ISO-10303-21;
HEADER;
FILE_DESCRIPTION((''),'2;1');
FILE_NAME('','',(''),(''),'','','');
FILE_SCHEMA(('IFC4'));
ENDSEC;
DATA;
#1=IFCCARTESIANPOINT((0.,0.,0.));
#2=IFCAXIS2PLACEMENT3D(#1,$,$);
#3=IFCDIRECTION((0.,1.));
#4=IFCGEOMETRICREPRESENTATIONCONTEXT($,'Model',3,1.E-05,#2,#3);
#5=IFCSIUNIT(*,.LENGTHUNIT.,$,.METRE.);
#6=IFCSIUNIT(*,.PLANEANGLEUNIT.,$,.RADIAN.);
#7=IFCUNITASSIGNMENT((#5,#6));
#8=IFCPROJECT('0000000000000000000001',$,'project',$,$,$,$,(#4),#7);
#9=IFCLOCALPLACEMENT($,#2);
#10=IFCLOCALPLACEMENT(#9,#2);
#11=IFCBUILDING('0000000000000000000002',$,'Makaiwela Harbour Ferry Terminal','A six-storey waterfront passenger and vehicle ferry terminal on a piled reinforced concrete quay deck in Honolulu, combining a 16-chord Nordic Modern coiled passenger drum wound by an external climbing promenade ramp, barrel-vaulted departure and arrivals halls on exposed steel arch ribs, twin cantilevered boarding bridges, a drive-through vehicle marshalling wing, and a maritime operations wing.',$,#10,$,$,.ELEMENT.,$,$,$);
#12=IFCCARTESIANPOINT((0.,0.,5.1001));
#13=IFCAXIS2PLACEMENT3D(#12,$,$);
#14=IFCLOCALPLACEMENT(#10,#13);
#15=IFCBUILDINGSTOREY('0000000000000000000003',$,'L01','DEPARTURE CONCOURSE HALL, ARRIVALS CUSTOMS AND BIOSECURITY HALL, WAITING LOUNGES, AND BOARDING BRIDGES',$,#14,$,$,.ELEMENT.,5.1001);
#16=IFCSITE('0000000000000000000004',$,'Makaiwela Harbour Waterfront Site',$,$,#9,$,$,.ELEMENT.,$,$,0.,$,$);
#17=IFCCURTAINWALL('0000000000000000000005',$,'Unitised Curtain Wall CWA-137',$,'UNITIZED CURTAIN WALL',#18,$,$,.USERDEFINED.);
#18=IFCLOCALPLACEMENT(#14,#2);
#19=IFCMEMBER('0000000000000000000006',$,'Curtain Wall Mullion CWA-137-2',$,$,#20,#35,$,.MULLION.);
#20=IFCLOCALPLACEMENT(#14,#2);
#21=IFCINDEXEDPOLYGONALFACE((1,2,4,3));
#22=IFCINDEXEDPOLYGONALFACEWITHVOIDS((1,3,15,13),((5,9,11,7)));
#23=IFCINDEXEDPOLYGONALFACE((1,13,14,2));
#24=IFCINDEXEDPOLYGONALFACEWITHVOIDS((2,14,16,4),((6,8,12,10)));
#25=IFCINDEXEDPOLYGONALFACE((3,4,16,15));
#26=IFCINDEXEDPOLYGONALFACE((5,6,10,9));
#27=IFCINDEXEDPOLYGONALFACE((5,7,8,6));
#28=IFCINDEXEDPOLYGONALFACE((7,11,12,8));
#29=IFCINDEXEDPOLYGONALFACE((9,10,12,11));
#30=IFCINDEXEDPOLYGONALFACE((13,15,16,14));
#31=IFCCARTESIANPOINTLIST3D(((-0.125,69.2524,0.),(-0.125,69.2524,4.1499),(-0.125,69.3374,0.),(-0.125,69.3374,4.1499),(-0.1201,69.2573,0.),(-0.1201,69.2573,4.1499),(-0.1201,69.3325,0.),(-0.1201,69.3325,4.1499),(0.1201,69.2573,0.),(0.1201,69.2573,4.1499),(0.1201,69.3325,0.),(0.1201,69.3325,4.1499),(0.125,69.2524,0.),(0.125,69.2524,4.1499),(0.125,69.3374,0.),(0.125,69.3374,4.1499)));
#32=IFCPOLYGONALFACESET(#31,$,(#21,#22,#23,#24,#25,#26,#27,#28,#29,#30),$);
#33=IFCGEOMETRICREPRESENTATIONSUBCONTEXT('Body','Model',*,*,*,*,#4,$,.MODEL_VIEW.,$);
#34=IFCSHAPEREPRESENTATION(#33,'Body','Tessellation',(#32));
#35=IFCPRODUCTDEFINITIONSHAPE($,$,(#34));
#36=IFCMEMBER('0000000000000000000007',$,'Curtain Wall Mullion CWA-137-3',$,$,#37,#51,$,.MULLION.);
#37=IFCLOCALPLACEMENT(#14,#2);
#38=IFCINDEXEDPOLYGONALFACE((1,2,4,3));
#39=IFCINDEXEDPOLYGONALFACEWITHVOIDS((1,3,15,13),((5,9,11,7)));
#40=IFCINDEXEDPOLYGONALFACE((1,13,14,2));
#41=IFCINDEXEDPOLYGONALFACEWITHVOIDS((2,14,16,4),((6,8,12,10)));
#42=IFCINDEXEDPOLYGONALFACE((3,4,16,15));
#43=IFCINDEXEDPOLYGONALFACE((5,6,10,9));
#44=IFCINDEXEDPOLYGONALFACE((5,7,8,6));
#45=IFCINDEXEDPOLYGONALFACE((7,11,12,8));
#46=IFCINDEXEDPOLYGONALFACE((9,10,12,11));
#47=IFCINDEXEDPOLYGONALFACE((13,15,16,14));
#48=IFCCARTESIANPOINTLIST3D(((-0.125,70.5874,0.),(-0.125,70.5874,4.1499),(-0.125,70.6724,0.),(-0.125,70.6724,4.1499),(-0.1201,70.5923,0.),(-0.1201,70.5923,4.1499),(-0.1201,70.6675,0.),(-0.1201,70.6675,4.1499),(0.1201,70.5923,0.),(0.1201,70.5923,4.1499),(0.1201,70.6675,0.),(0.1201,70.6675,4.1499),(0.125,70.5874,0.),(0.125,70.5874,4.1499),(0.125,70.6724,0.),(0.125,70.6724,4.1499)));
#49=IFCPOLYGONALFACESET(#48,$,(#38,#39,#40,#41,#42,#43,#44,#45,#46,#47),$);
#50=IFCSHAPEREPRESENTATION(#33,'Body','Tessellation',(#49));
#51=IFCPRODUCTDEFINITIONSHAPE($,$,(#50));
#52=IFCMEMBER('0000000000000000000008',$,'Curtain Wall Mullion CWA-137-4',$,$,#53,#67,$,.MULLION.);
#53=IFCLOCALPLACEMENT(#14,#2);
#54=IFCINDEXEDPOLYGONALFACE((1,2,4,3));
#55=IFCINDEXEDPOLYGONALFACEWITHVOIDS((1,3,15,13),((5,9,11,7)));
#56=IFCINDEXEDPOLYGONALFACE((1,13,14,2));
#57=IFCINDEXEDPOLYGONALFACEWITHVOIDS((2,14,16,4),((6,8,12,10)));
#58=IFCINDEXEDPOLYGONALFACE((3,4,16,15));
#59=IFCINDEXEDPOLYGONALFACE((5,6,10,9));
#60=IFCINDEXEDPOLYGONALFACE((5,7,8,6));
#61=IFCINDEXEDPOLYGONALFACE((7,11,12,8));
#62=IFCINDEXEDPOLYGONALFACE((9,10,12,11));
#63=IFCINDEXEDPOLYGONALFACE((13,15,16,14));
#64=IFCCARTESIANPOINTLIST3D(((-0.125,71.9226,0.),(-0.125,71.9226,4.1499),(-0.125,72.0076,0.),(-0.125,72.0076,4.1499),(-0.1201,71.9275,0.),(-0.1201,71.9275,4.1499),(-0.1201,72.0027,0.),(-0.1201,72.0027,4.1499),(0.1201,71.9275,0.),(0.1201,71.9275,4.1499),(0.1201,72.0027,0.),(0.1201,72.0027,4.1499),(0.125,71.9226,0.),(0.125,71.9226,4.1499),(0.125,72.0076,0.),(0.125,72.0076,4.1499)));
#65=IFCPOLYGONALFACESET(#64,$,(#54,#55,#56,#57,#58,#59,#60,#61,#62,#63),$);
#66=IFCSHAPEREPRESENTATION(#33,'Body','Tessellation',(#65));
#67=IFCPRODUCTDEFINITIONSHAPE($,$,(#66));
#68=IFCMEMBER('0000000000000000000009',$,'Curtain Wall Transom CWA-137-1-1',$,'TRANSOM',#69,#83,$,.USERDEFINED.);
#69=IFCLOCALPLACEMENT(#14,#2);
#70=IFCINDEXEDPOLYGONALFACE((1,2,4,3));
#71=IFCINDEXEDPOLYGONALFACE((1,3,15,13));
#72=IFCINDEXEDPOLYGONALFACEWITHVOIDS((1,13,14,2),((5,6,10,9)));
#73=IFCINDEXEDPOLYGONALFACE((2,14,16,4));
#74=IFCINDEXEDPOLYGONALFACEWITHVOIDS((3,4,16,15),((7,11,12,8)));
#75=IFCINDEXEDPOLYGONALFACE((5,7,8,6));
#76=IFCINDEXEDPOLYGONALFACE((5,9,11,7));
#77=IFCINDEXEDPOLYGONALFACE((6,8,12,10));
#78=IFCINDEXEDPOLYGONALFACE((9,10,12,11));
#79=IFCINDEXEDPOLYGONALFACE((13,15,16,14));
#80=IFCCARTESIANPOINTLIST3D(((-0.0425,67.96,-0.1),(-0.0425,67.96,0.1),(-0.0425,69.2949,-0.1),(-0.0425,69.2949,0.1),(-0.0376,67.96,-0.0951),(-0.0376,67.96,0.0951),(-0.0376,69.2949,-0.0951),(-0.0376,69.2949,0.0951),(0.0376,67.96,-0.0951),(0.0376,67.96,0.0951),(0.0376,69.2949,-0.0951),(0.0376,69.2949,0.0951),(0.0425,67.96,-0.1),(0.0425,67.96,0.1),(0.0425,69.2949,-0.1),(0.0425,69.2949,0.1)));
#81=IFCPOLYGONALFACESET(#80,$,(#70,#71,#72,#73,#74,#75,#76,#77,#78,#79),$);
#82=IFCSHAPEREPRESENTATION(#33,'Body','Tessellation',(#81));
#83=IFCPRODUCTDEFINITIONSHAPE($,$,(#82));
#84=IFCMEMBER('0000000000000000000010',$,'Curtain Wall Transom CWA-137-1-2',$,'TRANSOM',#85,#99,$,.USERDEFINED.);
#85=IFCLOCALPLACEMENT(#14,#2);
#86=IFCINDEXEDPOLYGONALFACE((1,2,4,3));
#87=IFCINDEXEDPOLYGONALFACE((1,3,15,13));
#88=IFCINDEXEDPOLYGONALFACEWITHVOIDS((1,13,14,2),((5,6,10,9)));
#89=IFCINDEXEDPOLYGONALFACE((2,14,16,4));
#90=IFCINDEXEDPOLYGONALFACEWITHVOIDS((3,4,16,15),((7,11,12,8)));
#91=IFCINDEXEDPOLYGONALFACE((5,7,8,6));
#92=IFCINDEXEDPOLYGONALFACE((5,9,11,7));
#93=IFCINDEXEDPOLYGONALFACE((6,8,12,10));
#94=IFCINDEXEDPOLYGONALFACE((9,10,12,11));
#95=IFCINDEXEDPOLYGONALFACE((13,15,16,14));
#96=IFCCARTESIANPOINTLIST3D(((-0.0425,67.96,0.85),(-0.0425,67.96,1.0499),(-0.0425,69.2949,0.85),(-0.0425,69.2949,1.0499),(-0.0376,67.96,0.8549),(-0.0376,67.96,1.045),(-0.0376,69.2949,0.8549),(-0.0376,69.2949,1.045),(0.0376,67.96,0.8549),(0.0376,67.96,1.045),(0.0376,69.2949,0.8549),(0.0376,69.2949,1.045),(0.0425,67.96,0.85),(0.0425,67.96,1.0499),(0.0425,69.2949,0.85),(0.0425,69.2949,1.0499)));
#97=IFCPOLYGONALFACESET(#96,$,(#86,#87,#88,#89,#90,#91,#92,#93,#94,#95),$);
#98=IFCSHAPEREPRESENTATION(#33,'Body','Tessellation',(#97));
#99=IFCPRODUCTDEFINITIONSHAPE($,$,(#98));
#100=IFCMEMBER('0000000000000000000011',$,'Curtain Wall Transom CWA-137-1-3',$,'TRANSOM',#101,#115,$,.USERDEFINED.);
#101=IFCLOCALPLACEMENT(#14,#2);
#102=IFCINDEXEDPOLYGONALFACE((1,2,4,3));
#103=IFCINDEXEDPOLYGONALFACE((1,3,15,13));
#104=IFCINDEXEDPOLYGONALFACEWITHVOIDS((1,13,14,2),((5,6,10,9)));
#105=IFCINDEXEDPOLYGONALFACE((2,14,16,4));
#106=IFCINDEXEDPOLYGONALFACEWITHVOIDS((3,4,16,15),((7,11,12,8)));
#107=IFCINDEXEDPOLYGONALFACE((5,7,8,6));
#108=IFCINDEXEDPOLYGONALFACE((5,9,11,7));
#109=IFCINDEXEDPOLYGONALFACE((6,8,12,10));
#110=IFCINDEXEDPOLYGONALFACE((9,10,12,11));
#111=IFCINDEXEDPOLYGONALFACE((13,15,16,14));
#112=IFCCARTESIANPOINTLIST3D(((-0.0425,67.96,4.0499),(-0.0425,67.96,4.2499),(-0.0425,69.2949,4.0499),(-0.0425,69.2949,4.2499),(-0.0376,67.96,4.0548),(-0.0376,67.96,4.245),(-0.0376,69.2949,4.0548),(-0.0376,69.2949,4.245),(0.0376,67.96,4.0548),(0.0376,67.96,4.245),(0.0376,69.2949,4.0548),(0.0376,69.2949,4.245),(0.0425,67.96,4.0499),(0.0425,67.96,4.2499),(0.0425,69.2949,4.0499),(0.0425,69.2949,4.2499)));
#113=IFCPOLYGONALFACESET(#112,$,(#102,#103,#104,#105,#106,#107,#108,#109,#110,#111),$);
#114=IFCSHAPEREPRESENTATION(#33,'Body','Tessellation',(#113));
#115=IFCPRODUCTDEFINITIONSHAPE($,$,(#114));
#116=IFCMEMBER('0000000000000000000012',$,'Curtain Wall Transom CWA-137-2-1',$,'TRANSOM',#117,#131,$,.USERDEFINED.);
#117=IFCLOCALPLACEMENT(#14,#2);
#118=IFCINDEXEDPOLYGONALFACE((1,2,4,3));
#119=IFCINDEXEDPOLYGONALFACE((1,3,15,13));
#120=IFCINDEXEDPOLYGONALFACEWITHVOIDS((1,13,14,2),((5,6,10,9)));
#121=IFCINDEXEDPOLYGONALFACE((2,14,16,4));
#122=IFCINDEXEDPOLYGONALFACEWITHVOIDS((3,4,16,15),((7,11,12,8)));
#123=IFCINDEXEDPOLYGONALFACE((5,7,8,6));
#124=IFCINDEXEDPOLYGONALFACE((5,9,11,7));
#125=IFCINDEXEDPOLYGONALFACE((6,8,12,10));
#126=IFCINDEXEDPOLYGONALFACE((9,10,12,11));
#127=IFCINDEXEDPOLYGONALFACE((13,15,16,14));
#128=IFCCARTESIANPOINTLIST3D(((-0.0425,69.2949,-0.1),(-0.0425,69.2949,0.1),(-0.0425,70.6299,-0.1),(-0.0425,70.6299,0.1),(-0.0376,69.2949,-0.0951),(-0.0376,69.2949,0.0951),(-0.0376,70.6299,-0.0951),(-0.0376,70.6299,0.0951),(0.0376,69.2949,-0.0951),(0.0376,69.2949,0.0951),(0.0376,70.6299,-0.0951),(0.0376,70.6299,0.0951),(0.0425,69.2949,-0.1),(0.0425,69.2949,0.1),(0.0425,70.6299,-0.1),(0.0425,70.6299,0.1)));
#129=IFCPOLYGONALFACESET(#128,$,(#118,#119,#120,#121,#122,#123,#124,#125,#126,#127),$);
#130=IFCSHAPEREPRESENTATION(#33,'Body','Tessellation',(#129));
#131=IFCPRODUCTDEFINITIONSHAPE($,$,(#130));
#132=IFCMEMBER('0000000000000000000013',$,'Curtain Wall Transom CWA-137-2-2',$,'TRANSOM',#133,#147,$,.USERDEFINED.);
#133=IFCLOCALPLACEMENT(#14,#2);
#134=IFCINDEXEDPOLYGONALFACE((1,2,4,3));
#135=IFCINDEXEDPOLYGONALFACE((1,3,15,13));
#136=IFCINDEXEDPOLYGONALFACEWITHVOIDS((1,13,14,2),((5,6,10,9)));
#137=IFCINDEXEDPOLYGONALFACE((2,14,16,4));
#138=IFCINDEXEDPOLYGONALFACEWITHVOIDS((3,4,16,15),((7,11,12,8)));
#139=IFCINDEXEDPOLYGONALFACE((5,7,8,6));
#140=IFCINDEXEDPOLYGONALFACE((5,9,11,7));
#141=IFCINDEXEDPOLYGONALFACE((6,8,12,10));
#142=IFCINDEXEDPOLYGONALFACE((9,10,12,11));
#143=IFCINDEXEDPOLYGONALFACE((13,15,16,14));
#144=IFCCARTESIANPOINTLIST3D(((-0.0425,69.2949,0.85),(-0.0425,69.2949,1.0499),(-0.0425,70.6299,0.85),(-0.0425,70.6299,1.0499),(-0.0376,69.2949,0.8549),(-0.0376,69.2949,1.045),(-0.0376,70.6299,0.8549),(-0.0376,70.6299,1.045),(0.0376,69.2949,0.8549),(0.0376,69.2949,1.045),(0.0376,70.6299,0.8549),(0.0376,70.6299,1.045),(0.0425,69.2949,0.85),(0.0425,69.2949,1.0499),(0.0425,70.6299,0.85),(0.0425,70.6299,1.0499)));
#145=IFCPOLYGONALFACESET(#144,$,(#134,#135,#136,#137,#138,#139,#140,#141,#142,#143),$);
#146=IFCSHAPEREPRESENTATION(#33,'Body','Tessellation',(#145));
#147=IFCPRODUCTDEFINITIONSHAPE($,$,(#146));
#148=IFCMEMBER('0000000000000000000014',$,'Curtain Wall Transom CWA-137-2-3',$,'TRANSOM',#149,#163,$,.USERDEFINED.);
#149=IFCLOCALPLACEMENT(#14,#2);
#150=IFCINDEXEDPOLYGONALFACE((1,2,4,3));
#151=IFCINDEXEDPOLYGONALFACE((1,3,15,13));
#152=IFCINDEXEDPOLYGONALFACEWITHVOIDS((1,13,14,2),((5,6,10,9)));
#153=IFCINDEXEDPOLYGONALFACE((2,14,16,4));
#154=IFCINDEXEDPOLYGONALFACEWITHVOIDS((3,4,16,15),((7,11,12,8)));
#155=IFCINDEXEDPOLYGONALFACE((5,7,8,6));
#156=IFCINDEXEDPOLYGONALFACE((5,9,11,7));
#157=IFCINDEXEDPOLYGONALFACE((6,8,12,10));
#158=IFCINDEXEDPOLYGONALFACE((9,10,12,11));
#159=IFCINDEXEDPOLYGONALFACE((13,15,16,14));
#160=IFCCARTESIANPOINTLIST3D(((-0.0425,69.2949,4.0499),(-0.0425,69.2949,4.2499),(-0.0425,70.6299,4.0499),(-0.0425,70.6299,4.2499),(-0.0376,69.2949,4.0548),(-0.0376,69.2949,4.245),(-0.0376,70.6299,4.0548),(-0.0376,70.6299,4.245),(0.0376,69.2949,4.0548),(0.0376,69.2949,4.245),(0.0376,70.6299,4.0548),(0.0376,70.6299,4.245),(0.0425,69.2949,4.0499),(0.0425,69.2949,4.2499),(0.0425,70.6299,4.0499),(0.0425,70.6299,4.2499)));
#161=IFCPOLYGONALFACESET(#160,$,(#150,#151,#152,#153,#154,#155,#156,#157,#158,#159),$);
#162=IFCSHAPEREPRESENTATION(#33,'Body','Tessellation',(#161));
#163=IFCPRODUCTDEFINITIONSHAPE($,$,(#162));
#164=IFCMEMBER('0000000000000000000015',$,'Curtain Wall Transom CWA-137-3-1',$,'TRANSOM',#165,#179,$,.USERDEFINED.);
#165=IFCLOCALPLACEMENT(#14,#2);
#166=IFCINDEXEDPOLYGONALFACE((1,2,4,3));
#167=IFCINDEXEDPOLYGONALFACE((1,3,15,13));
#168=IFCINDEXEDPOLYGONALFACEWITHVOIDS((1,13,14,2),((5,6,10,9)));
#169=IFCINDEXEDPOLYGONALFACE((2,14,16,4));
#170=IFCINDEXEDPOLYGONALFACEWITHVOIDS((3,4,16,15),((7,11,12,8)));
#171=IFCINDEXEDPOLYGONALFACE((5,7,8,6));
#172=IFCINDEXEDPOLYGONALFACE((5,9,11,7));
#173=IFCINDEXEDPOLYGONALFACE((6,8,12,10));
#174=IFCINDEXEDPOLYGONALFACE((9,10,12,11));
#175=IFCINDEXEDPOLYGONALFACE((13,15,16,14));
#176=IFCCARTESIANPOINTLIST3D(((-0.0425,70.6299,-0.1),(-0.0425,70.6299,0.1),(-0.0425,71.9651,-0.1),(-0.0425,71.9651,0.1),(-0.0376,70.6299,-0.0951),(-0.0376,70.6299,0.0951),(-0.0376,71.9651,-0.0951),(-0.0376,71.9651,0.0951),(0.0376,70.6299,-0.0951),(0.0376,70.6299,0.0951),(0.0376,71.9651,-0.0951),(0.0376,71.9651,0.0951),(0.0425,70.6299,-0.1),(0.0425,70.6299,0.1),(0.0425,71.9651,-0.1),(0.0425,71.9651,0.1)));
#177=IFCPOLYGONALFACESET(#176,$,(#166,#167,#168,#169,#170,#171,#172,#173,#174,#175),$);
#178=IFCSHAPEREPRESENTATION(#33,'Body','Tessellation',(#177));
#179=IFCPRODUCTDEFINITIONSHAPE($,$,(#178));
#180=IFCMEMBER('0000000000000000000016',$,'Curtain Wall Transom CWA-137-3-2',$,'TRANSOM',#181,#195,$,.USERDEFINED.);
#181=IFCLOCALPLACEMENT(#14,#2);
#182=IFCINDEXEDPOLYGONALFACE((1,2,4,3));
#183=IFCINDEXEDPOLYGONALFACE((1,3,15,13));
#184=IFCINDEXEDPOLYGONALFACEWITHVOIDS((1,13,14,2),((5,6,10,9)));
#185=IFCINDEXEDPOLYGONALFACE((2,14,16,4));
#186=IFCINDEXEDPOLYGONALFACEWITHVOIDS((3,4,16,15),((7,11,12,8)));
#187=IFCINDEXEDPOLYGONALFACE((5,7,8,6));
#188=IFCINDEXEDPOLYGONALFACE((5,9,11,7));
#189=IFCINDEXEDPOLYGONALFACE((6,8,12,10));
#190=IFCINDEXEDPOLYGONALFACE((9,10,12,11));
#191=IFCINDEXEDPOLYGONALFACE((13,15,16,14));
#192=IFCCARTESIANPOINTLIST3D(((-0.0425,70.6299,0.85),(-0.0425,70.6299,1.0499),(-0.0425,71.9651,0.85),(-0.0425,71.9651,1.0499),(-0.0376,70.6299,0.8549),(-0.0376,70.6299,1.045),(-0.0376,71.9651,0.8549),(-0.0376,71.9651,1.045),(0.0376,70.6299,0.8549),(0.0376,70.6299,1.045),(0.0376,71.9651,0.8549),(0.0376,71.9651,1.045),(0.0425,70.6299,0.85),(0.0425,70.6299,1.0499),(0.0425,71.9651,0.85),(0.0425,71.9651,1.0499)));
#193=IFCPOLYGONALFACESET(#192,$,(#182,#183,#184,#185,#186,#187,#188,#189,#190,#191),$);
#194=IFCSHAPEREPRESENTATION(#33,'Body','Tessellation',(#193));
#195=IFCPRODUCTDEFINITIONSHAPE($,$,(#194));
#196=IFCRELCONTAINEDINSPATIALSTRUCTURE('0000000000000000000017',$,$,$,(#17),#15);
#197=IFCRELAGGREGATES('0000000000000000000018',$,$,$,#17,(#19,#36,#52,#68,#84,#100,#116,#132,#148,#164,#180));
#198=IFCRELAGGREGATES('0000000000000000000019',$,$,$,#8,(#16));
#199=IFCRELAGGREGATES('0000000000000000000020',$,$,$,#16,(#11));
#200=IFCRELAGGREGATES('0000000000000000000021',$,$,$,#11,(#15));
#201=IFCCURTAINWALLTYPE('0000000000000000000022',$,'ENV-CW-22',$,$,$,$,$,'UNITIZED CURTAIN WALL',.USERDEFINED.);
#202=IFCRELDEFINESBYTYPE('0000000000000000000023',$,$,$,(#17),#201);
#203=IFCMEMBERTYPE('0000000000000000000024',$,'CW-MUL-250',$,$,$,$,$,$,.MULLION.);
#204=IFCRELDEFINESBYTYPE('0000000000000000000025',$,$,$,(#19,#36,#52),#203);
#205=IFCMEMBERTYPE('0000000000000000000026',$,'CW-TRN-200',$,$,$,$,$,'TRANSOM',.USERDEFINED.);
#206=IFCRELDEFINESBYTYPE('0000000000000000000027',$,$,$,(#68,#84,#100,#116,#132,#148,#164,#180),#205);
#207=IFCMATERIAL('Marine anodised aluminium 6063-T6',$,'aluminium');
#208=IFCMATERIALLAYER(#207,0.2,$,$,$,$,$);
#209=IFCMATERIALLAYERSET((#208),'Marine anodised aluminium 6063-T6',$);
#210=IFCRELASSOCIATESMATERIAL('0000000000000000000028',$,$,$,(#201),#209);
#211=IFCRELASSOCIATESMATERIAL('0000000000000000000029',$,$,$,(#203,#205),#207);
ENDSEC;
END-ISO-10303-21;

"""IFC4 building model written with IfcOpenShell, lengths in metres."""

from ifc_helpers import new_model, si_unit, direction, frame, origin, origin_2d, place, context, subcontext, project, spatial, hollow_rectangle, extrude, material, layer, layer_set, material_profile, profile_set, type_object, element, aggregate, save


model = new_model("IFC4")

# Units and contexts
model_context = context("Model", 3, precision=1e-05, world=origin(), true_north=direction((0.0, 1.0)))
body_context = subcontext(model_context, "Body", "Model", "MODEL_VIEW")
ifc_project = project(units=[si_unit("LENGTHUNIT", "METRE"), si_unit("PLANEANGLEUNIT", "RADIAN")], contexts=[model_context])

# Site, building, storey
site_placement = place(None, origin())
site = spatial("IfcSite", under=ifc_project, at=site_placement, Name="Makaiwela Harbour Waterfront Site", CompositionType="ELEMENT", RefElevation=0.0)
building_placement = place(site_placement, origin())
building = spatial("IfcBuilding", under=site, at=building_placement, Name="Makaiwela Harbour Ferry Terminal", Description="A six-storey waterfront passenger and vehicle ferry terminal on a piled reinforced concrete quay deck in Honolulu, combining a 16-chord Nordic Modern coiled passenger drum wound by an external climbing promenade ramp, barrel-vaulted departure and arrivals halls on exposed steel arch ribs, twin cantilevered boarding bridges, a drive-through vehicle marshalling wing, and a maritime operations wing.", CompositionType="ELEMENT")
storey_placement = place(building_placement, frame((0.0, 0.0, 5.1001)))
storey = spatial("IfcBuildingStorey", under=building, at=storey_placement, Name="L01", Description="DEPARTURE CONCOURSE HALL, ARRIVALS CUSTOMS AND BIOSECURITY HALL, WAITING LOUNGES, AND BOARDING BRIDGES", CompositionType="ELEMENT", Elevation=5.1001)

# Curtain wall, members
ifc_material_1 = material(Name="Marine anodised aluminium 6063-T6", Category="aluminium")
ifc_layer_1 = layer(ifc_material_1, 0.2)
ifc_layer_set_1 = layer_set([ifc_layer_1], Name="Marine anodised aluminium 6063-T6")
curtain_wall_type = type_object("IfcCurtainWallType", Name="ENV-CW-22", ElementType="UNITIZED CURTAIN WALL", PredefinedType="USERDEFINED", material=ifc_layer_set_1)
curtain_wall_placement = place(storey_placement, origin())
curtain_wall = element("IfcCurtainWall", 1, at=curtain_wall_placement, inside=storey, type_object=curtain_wall_type, Name="Unitised Curtain Wall CWA-137", ObjectType="UNITIZED CURTAIN WALL", PredefinedType="USERDEFINED")
ifc_material_profile_1 = material_profile(ifc_material_1, hollow_rectangle(XDim=0.085, YDim=0.25, WallThickness=0.0049, at=origin_2d()), Name="CWM-250X85")
ifc_profile_set_1 = profile_set([ifc_material_profile_1], Name="Marine anodised aluminium 6063-T6")
member_type_1 = type_object("IfcMemberType", Name="CW-MUL-250", PredefinedType="MULLION", material=ifc_profile_set_1)
member_1_placement = place(storey_placement, frame((0.0, 69.2949, 0.0), z_axis=(0.0, 0.0, 1.0), x_axis=(0.0, 1.0, 0.0)))
member_1 = element("IfcMember", 2, at=member_1_placement, type_object=member_type_1, Name="Curtain Wall Mullion CWA-137-2", PredefinedType="MULLION", context=body_context, shape_type="SweptSolid", body=[
    extrude(hollow_rectangle(XDim=0.085, YDim=0.25, WallThickness=0.0049, at=origin_2d()), origin(), (0.0, 0.0, 1.0), 4.1499),
])
member_2_placement = place(storey_placement, frame((0.0, 70.6299, 0.0), z_axis=(0.0, 0.0, 1.0), x_axis=(0.0, 1.0, 0.0)))
member_2 = element("IfcMember", 3, at=member_2_placement, type_object=member_type_1, Name="Curtain Wall Mullion CWA-137-3", PredefinedType="MULLION", context=body_context, shape_type="SweptSolid", body=[
    extrude(hollow_rectangle(XDim=0.085, YDim=0.25, WallThickness=0.0049, at=origin_2d()), origin(), (0.0, 0.0, 1.0), 4.1499),
])
member_3_placement = place(storey_placement, frame((0.0, 71.9651, 0.0), z_axis=(0.0, 0.0, 1.0), x_axis=(0.0, 1.0, 0.0)))
member_3 = element("IfcMember", 4, at=member_3_placement, type_object=member_type_1, Name="Curtain Wall Mullion CWA-137-4", PredefinedType="MULLION", context=body_context, shape_type="SweptSolid", body=[
    extrude(hollow_rectangle(XDim=0.085, YDim=0.25, WallThickness=0.0049, at=origin_2d()), origin(), (0.0, 0.0, 1.0), 4.1499),
])
ifc_material_profile_2 = material_profile(ifc_material_1, hollow_rectangle(XDim=0.085, YDim=0.2, WallThickness=0.0049, at=origin_2d()), Name="CWT-200X85")
ifc_profile_set_2 = profile_set([ifc_material_profile_2], Name="Marine anodised aluminium 6063-T6")
member_type_2 = type_object("IfcMemberType", Name="CW-TRN-200", ElementType="TRANSOM", PredefinedType="USERDEFINED", material=ifc_profile_set_2)
member_4_placement = place(storey_placement, frame((0.0, 67.96, 0.0), z_axis=(0.0, 1.0, 0.0), x_axis=(-1.0, 0.0, 0.0)))
member_4 = element("IfcMember", 5, at=member_4_placement, type_object=member_type_2, Name="Curtain Wall Transom CWA-137-1-1", ObjectType="TRANSOM", PredefinedType="USERDEFINED", context=body_context, shape_type="SweptSolid", body=[
    extrude(hollow_rectangle(XDim=0.085, YDim=0.2, WallThickness=0.0049, at=origin_2d()), origin(), (0.0, 0.0, 1.0), 1.335),
])
member_5_placement = place(storey_placement, frame((0.0, 67.96, 0.95), z_axis=(0.0, 1.0, 0.0), x_axis=(-1.0, 0.0, 0.0)))
member_5 = element("IfcMember", 6, at=member_5_placement, type_object=member_type_2, Name="Curtain Wall Transom CWA-137-1-2", ObjectType="TRANSOM", PredefinedType="USERDEFINED", context=body_context, shape_type="SweptSolid", body=[
    extrude(hollow_rectangle(XDim=0.085, YDim=0.2, WallThickness=0.0049, at=origin_2d()), origin(), (0.0, 0.0, 1.0), 1.335),
])
member_6_placement = place(storey_placement, frame((0.0, 67.96, 4.1499), z_axis=(0.0, 1.0, 0.0), x_axis=(-1.0, 0.0, 0.0)))
member_6 = element("IfcMember", 7, at=member_6_placement, type_object=member_type_2, Name="Curtain Wall Transom CWA-137-1-3", ObjectType="TRANSOM", PredefinedType="USERDEFINED", context=body_context, shape_type="SweptSolid", body=[
    extrude(hollow_rectangle(XDim=0.085, YDim=0.2, WallThickness=0.0049, at=origin_2d()), origin(), (0.0, 0.0, 1.0), 1.335),
])
member_7_placement = place(storey_placement, frame((0.0, 69.2949, 0.0), z_axis=(0.0, 1.0, 0.0), x_axis=(-1.0, 0.0, 0.0)))
member_7 = element("IfcMember", 8, at=member_7_placement, type_object=member_type_2, Name="Curtain Wall Transom CWA-137-2-1", ObjectType="TRANSOM", PredefinedType="USERDEFINED", context=body_context, shape_type="SweptSolid", body=[
    extrude(hollow_rectangle(XDim=0.085, YDim=0.2, WallThickness=0.0049, at=origin_2d()), origin(), (0.0, 0.0, 1.0), 1.335),
])
member_8_placement = place(storey_placement, frame((0.0, 69.2949, 0.95), z_axis=(0.0, 1.0, 0.0), x_axis=(-1.0, 0.0, 0.0)))
member_8 = element("IfcMember", 9, at=member_8_placement, type_object=member_type_2, Name="Curtain Wall Transom CWA-137-2-2", ObjectType="TRANSOM", PredefinedType="USERDEFINED", context=body_context, shape_type="SweptSolid", body=[
    extrude(hollow_rectangle(XDim=0.085, YDim=0.2, WallThickness=0.0049, at=origin_2d()), origin(), (0.0, 0.0, 1.0), 1.335),
])
member_9_placement = place(storey_placement, frame((0.0, 69.2949, 4.1499), z_axis=(0.0, 1.0, 0.0), x_axis=(-1.0, 0.0, 0.0)))
member_9 = element("IfcMember", 10, at=member_9_placement, type_object=member_type_2, Name="Curtain Wall Transom CWA-137-2-3", ObjectType="TRANSOM", PredefinedType="USERDEFINED", context=body_context, shape_type="SweptSolid", body=[
    extrude(hollow_rectangle(XDim=0.085, YDim=0.2, WallThickness=0.0049, at=origin_2d()), origin(), (0.0, 0.0, 1.0), 1.335),
])
member_10_placement = place(storey_placement, frame((0.0, 70.6299, 0.0), z_axis=(0.0, 1.0, 0.0), x_axis=(-1.0, 0.0, 0.0)))
member_10 = element("IfcMember", 11, at=member_10_placement, type_object=member_type_2, Name="Curtain Wall Transom CWA-137-3-1", ObjectType="TRANSOM", PredefinedType="USERDEFINED", context=body_context, shape_type="SweptSolid", body=[
    extrude(hollow_rectangle(XDim=0.085, YDim=0.2, WallThickness=0.0049, at=origin_2d()), origin(), (0.0, 0.0, 1.0), 1.3352),
])
member_11_placement = place(storey_placement, frame((0.0, 70.6299, 0.95), z_axis=(0.0, 1.0, 0.0), x_axis=(-1.0, 0.0, 0.0)))
member_11 = element("IfcMember", 12, at=member_11_placement, type_object=member_type_2, Name="Curtain Wall Transom CWA-137-3-2", ObjectType="TRANSOM", PredefinedType="USERDEFINED", context=body_context, shape_type="SweptSolid", body=[
    extrude(hollow_rectangle(XDim=0.085, YDim=0.2, WallThickness=0.0049, at=origin_2d()), origin(), (0.0, 0.0, 1.0), 1.3352),
])

aggregate(curtain_wall, [member_1, member_2, member_3, member_4, member_5, member_6, member_7, member_8, member_9, member_10, member_11])

save(model, "model.ifc")
